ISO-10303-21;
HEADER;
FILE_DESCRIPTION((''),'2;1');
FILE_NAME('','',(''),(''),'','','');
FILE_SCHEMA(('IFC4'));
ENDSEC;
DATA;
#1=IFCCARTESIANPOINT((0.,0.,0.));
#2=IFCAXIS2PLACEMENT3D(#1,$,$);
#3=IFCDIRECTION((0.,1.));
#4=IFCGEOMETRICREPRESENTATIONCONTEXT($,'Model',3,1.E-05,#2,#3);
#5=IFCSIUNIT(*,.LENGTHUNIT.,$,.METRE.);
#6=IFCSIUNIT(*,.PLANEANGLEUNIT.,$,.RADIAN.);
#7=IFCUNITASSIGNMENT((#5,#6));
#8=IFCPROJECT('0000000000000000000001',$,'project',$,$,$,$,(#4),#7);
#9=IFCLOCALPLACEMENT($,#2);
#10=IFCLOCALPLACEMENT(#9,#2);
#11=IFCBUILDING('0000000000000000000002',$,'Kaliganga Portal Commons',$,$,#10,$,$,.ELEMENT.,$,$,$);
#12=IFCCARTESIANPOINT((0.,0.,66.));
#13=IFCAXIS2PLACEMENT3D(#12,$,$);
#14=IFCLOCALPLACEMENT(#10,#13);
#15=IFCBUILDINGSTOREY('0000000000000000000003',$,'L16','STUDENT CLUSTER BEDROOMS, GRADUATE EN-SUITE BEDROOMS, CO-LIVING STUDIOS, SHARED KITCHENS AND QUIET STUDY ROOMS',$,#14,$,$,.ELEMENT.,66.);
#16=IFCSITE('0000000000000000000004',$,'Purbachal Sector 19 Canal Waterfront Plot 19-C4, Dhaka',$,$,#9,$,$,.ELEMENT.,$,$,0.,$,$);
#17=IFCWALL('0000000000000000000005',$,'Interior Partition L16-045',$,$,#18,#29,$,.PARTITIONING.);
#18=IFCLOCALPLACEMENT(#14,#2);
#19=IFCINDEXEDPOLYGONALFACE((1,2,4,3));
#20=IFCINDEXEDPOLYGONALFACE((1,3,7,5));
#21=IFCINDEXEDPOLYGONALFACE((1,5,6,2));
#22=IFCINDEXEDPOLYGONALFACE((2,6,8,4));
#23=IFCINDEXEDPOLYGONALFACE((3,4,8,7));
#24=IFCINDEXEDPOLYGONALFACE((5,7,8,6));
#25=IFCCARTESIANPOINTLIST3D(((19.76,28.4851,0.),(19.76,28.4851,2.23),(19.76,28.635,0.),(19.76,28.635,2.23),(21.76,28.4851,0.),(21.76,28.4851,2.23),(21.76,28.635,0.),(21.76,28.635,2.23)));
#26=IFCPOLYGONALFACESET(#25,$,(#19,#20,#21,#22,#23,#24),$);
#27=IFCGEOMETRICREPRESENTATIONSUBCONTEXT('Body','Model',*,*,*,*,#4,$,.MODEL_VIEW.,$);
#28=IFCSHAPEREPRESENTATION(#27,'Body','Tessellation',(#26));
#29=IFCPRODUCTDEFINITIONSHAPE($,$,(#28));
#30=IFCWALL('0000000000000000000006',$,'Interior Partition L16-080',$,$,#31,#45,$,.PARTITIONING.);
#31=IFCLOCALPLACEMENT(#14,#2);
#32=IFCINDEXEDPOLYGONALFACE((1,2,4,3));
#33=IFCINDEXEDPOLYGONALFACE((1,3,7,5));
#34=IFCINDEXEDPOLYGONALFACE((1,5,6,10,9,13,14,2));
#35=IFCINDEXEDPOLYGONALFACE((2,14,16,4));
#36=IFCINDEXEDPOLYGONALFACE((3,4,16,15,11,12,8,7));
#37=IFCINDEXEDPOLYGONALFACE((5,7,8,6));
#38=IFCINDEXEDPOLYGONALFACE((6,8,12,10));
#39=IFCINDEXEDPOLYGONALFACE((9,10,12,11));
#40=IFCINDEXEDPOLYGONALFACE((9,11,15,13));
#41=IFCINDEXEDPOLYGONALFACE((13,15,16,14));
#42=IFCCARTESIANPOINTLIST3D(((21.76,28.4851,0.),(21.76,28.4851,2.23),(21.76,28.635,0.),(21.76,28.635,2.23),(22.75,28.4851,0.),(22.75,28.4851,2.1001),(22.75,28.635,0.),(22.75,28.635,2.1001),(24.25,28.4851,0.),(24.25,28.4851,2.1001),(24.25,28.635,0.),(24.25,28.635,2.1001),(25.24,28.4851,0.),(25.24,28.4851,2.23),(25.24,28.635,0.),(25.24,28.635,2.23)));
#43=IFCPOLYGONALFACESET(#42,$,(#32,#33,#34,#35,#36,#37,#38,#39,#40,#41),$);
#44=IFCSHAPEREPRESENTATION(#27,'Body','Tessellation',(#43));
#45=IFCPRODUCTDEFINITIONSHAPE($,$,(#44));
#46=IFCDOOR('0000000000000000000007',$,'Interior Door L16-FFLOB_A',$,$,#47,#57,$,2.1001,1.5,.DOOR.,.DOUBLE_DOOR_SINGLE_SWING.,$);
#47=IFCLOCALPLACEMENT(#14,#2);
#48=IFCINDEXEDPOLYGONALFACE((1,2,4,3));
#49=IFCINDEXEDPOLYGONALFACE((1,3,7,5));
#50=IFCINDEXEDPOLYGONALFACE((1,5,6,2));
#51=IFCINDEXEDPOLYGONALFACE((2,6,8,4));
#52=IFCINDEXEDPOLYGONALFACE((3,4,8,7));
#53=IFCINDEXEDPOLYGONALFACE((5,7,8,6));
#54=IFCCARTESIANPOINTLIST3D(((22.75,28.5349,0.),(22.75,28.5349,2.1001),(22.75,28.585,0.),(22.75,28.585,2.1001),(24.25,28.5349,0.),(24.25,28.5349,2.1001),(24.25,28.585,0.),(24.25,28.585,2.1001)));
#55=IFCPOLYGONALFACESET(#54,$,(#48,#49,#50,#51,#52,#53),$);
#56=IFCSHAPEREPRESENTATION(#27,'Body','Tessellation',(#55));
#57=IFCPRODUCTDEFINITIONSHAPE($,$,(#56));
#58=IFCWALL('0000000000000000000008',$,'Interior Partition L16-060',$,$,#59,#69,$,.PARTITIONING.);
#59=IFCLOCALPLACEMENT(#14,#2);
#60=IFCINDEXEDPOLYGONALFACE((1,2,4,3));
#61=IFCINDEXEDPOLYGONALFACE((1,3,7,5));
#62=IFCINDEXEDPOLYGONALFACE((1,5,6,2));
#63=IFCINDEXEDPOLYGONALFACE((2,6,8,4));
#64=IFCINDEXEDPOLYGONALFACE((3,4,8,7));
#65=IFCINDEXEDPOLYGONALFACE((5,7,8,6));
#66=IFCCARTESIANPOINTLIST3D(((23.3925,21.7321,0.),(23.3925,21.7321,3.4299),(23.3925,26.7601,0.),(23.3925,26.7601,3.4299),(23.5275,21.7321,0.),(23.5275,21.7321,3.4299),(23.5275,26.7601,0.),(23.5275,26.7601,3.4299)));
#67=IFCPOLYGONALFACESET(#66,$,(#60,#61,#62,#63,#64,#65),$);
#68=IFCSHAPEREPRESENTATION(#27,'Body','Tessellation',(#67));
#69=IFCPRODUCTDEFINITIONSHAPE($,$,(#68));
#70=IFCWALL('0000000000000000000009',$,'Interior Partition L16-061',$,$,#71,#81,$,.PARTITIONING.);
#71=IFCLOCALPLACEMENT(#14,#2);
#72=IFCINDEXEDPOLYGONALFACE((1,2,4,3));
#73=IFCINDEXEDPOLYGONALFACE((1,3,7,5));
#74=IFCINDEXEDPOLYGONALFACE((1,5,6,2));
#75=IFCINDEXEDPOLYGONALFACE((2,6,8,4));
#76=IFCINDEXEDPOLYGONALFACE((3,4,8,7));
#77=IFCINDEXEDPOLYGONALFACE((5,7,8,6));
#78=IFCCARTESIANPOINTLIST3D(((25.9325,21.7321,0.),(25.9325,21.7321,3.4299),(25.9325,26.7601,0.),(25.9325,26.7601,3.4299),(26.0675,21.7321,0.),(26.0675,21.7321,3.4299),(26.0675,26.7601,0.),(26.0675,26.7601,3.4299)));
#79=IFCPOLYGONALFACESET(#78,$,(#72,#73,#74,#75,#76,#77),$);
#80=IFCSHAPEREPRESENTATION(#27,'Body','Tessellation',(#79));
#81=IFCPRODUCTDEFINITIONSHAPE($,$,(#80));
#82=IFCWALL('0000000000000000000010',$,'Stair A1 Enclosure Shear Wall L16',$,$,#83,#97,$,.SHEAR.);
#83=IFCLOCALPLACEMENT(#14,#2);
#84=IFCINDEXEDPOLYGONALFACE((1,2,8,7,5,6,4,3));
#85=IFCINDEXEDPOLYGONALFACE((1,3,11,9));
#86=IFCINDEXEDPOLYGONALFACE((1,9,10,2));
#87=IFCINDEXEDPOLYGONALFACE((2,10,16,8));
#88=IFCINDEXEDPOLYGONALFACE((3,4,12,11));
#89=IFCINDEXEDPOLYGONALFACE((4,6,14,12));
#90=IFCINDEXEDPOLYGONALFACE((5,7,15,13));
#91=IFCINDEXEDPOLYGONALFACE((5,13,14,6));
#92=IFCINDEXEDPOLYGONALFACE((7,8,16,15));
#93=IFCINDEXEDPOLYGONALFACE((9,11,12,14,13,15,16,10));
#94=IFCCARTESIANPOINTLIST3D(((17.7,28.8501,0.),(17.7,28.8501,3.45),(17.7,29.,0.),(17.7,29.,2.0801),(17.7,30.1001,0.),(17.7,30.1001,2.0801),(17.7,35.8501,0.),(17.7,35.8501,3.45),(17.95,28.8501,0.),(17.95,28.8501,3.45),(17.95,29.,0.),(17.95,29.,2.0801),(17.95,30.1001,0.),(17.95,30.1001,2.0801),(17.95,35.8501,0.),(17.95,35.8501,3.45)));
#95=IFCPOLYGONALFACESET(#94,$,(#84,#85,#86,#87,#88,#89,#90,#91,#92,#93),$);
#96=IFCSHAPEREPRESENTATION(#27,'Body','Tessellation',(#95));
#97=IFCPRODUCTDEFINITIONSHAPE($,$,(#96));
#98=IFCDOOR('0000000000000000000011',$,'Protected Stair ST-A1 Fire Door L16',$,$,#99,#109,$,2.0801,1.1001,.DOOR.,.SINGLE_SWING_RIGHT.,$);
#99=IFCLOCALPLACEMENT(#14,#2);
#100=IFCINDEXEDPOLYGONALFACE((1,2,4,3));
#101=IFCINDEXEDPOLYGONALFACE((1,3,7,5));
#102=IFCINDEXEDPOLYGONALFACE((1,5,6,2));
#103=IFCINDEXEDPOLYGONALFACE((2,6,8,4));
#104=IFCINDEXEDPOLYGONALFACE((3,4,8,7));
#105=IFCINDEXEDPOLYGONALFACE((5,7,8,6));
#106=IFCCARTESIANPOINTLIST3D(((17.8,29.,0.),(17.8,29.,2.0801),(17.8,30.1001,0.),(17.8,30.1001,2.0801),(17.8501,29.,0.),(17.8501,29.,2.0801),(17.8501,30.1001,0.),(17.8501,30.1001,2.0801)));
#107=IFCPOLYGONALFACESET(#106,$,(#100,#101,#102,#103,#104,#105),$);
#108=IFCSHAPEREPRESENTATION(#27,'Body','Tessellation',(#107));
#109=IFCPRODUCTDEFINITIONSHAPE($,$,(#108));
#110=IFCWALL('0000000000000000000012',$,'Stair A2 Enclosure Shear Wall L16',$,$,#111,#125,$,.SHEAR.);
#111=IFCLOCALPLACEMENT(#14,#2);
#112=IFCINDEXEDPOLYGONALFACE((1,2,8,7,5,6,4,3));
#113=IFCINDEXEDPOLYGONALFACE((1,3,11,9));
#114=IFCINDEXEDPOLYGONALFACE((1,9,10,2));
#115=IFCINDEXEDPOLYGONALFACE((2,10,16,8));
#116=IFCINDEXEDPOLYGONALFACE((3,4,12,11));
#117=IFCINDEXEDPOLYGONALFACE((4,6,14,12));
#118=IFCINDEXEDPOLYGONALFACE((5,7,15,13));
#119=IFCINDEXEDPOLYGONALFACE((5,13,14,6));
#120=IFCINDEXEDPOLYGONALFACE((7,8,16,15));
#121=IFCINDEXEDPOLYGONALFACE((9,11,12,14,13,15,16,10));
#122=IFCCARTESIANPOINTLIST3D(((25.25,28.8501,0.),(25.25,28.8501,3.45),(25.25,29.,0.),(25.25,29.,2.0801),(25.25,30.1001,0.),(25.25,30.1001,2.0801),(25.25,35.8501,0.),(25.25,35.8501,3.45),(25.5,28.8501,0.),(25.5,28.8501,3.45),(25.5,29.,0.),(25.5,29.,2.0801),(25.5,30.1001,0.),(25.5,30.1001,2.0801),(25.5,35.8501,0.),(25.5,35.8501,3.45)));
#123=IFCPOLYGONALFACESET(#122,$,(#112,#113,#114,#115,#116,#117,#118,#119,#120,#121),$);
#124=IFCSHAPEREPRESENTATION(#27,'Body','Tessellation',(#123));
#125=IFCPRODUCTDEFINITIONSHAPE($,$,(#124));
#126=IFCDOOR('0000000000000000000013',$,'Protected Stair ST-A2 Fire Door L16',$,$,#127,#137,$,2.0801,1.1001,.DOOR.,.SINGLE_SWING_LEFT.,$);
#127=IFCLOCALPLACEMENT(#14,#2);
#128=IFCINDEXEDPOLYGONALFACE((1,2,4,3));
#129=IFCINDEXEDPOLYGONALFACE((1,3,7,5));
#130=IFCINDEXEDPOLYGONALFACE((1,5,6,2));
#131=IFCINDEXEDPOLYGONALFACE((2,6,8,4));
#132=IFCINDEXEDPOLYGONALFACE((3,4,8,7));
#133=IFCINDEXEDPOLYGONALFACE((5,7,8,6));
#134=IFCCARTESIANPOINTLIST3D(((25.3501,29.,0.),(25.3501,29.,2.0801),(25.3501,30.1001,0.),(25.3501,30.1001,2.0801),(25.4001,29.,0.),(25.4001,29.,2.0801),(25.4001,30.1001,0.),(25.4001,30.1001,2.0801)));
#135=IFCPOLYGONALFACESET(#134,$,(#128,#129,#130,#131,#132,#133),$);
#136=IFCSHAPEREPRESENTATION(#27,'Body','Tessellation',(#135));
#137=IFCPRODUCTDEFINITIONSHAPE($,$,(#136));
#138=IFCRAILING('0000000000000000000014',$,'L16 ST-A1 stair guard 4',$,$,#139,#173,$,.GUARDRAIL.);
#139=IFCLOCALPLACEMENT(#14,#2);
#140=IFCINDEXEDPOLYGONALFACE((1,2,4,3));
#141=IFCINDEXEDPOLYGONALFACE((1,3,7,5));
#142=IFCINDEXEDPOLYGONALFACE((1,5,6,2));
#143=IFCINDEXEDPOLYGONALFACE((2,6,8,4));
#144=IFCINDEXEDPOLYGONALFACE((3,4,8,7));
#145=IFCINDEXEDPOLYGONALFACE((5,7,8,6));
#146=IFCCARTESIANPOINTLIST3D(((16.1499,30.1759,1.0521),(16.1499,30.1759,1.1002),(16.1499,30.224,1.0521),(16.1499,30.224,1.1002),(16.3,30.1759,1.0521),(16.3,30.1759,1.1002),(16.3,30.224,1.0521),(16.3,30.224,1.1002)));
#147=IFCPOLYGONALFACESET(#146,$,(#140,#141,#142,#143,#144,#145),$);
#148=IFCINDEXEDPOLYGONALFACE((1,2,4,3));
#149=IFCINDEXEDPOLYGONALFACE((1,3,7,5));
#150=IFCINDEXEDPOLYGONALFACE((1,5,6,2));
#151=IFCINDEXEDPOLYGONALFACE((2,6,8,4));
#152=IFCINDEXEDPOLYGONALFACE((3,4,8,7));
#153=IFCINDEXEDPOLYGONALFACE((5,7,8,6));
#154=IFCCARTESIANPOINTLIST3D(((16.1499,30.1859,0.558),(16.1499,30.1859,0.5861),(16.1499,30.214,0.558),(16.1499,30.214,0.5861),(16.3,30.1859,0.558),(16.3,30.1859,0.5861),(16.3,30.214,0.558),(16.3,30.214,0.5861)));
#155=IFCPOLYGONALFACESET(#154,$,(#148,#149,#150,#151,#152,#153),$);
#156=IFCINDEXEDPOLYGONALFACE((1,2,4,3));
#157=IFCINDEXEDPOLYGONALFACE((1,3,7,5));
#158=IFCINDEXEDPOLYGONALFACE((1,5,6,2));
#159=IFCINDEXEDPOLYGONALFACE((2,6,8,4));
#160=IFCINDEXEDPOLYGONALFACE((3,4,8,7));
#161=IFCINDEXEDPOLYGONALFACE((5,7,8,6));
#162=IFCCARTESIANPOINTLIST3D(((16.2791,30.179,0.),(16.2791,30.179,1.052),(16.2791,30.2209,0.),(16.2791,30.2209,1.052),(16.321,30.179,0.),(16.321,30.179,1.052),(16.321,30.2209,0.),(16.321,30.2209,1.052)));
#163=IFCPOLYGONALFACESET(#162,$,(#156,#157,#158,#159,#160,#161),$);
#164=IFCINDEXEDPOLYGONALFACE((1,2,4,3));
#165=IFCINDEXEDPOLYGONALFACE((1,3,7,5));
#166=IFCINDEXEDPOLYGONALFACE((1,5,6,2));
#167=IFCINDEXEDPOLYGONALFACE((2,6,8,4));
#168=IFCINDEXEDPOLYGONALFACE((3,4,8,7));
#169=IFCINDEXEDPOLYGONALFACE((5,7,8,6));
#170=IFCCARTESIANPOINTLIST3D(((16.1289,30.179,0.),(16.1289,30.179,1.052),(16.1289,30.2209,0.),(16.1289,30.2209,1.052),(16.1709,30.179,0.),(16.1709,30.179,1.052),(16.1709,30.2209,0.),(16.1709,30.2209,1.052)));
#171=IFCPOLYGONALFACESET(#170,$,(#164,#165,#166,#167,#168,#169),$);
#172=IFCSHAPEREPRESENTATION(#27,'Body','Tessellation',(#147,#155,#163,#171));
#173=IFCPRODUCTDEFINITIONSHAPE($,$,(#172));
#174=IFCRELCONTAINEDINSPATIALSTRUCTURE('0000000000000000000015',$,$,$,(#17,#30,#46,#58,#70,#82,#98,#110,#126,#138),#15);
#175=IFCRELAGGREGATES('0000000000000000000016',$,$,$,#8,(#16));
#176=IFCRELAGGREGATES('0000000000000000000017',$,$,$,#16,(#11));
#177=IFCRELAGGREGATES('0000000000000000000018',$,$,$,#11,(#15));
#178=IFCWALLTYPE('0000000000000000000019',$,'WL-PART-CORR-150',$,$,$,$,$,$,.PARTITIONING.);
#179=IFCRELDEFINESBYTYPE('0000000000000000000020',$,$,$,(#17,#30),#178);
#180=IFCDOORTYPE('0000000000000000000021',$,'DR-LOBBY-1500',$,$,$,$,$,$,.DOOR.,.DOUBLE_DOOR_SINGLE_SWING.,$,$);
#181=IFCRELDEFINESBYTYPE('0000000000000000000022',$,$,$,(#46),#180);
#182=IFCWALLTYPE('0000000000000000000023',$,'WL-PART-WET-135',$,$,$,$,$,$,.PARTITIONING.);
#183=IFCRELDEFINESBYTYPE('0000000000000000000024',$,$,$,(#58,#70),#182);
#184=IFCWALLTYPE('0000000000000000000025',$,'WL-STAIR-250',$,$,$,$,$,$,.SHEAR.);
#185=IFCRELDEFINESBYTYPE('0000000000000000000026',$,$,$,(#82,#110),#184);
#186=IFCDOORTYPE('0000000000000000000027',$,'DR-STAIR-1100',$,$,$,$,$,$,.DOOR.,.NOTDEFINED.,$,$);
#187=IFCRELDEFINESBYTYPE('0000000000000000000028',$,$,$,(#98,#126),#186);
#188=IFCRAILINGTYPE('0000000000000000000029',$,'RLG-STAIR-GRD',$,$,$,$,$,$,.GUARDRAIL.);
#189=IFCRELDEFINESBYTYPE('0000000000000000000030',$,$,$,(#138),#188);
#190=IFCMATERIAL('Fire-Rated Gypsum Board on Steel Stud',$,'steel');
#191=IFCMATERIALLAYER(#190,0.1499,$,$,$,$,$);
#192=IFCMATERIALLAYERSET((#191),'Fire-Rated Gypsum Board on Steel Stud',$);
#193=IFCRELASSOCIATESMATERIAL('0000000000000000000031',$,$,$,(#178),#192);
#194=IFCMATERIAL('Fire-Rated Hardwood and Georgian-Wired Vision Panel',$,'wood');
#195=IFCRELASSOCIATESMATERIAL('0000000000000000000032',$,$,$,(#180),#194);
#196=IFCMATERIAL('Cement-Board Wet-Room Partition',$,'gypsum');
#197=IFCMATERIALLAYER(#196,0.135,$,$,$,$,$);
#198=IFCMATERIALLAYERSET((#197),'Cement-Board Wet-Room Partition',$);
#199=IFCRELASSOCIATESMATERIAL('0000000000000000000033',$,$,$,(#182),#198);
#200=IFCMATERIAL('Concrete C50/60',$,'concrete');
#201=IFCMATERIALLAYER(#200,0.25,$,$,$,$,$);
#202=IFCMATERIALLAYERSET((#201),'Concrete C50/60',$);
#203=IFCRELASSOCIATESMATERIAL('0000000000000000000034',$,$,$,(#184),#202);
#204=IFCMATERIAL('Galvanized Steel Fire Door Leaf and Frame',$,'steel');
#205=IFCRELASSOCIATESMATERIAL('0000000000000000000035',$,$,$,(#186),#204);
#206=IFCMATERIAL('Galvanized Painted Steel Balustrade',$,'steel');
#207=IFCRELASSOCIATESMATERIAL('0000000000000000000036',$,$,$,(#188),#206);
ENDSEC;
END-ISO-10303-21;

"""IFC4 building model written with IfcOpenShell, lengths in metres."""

from ifc_helpers import new_model, si_unit, direction, frame, frame_2d, origin, origin_2d, place, context, subcontext, project, spatial, rectangle, extrude, material, layer, layer_set, type_object, element, fill, save


model = new_model("IFC4")

# Units and contexts
model_context = context("Model", 3, precision=1e-05, world=origin(), true_north=direction((0.0, 1.0)))
body_context = subcontext(model_context, "Body", "Model", "MODEL_VIEW")
ifc_project = project(units=[si_unit("LENGTHUNIT", "METRE"), si_unit("PLANEANGLEUNIT", "RADIAN")], contexts=[model_context])

# Site, building, storey
site_placement = place(None, origin())
site = spatial("IfcSite", under=ifc_project, at=site_placement, Name="Purbachal Sector 19 Canal Waterfront Plot 19-C4, Dhaka", CompositionType="ELEMENT", RefElevation=0.0)
building_placement = place(site_placement, origin())
building = spatial("IfcBuilding", under=site, at=building_placement, Name="Kaliganga Portal Commons", CompositionType="ELEMENT")
storey_placement = place(building_placement, frame((0.0, 0.0, 66.0)))
storey = spatial("IfcBuildingStorey", under=building, at=storey_placement, Name="L16", Description="STUDENT CLUSTER BEDROOMS, GRADUATE EN-SUITE BEDROOMS, CO-LIVING STUDIOS, SHARED KITCHENS AND QUIET STUDY ROOMS", CompositionType="ELEMENT", Elevation=66.0)

# Shared definitions
ifc_material_1 = material(Name="Fire-Rated Gypsum Board on Steel Stud", Category="steel")
ifc_layer_1 = layer(ifc_material_1, 0.1499)
ifc_layer_set_1 = layer_set([ifc_layer_1], Name="Fire-Rated Gypsum Board on Steel Stud")
wall_type_1 = type_object("IfcWallType", Name="WL-PART-CORR-150", PredefinedType="PARTITIONING", material=ifc_layer_set_1)

# Wall
wall_1_placement = place(storey_placement, frame((19.76, 28.5601, 0.0), z_axis=(0.0, 0.0, 1.0), x_axis=(1.0, 0.0, 0.0)))
element("IfcWall", 1, at=wall_1_placement, inside=storey, type_object=wall_type_1, Name="Interior Partition L16-045", PredefinedType="PARTITIONING", context=body_context, shape_type="SweptSolid", body=[
    extrude(rectangle(XDim=2.0, YDim=0.1499, at=frame_2d((1.0, 0.0))), origin(), (0.0, 0.0, 1.0), 2.23),
])

# Wall, opening, door
wall_2_placement = place(storey_placement, frame((21.76, 28.5601, 0.0), z_axis=(0.0, 0.0, 1.0), x_axis=(1.0, 0.0, 0.0)))
wall_2 = element("IfcWall", 2, at=wall_2_placement, inside=storey, type_object=wall_type_1, Name="Interior Partition L16-080", PredefinedType="PARTITIONING", context=body_context, shape_type="SweptSolid", body=[
    extrude(rectangle(XDim=3.48, YDim=0.1499, at=frame_2d((1.74, 0.0))), origin(), (0.0, 0.0, 1.0), 2.23),
])
opening_1_placement = place(wall_2_placement, frame((0.99, 0.0, 0.0)))
opening_1 = element("IfcOpeningElement", 3, at=opening_1_placement, cuts=wall_2, PredefinedType="OPENING", context=body_context, shape_type="SweptSolid", body=[
    extrude(rectangle(XDim=1.5, YDim=2.1001, at=frame_2d((0.75, 1.05))), frame((0.0, 0.085, 0.0), z_axis=(0.0, -1.0, 0.0), x_axis=(1.0, 0.0, 0.0)), (0.0, 0.0, 1.0), 0.1699),
])
ifc_material_2 = material(Name="Fire-Rated Hardwood and Georgian-Wired Vision Panel", Category="wood")
door_type_1 = type_object("IfcDoorType", Name="DR-LOBBY-1500", OperationType="DOUBLE_DOOR_SINGLE_SWING", PredefinedType="DOOR", material=ifc_material_2)
door_1_placement = place(opening_1_placement, origin())
door_1 = element("IfcDoor", 4, at=door_1_placement, inside=storey, type_object=door_type_1, Name="Interior Door L16-FFLOB_A", OperationType="DOUBLE_DOOR_SINGLE_SWING", OverallHeight=2.1001, OverallWidth=1.5, PredefinedType="DOOR", context=body_context, shape_type="SweptSolid", body=[
    extrude(rectangle(XDim=1.5, YDim=2.1001, at=frame_2d((0.75, 1.05))), frame((0.0, 0.0249, 0.0), z_axis=(0.0, -1.0, 0.0), x_axis=(1.0, 0.0, 0.0)), (0.0, 0.0, 1.0), 0.05),
])
fill(opening_1, door_1)

# Walls
ifc_material_3 = material(Name="Cement-Board Wet-Room Partition", Category="gypsum")
ifc_layer_2 = layer(ifc_material_3, 0.135)
ifc_layer_set_2 = layer_set([ifc_layer_2], Name="Cement-Board Wet-Room Partition")
wall_type_2 = type_object("IfcWallType", Name="WL-PART-WET-135", PredefinedType="PARTITIONING", material=ifc_layer_set_2)
for number, where, z_axis, x_axis, name in (
    (5, (23.46, 21.7319, 0.0), (0.0, 0.0, 1.0), (0.0, 1.0, 0.0), "Interior Partition L16-060"),
    (6, (26.0, 21.7319, 0.0), (0.0, 0.0, 1.0), (0.0, 1.0, 0.0), "Interior Partition L16-061"),
):
    element("IfcWall", number, at=place(storey_placement, frame(where, z_axis=z_axis, x_axis=x_axis)), inside=storey, type_object=wall_type_2, Name=name, PredefinedType="PARTITIONING", context=body_context, shape_type="SweptSolid", body=[
        extrude(rectangle(XDim=5.0281, YDim=0.135, at=frame_2d((2.5142, 0.0))), origin(), (0.0, 0.0, 1.0), 3.4299),
    ])

# Walls, openings, doors
ifc_material_4 = material(Name="Concrete C50/60", Category="concrete")
ifc_layer_3 = layer(ifc_material_4, 0.25)
ifc_layer_set_3 = layer_set([ifc_layer_3], Name="Concrete C50/60")
wall_type_3 = type_object("IfcWallType", Name="WL-STAIR-250", PredefinedType="SHEAR", material=ifc_layer_set_3)
wall_3_placement = place(storey_placement, frame((17.825, 28.8501, 0.0), z_axis=(0.0, 0.0, 1.0), x_axis=(0.0, 1.0, 0.0)))
wall_3 = element("IfcWall", 7, at=wall_3_placement, inside=storey, type_object=wall_type_3, Name="Stair A1 Enclosure Shear Wall L16", PredefinedType="SHEAR", context=body_context, shape_type="SweptSolid", body=[
    extrude(rectangle(XDim=7.0, YDim=0.25, at=frame_2d((3.5, 0.0))), origin(), (0.0, 0.0, 1.0), 3.45),
])
opening_2_placement = place(wall_3_placement, frame((0.1499, 0.0, 0.0)))
opening_2 = element("IfcOpeningElement", 8, at=opening_2_placement, cuts=wall_3, PredefinedType="OPENING", context=body_context, shape_type="SweptSolid", body=[
    extrude(rectangle(XDim=1.1001, YDim=2.0801, at=frame_2d((0.55, 1.04))), frame((0.0, 0.135, 0.0), z_axis=(0.0, -1.0, 0.0), x_axis=(1.0, 0.0, 0.0)), (0.0, 0.0, 1.0), 0.27),
])
ifc_material_5 = material(Name="Galvanized Steel Fire Door Leaf and Frame", Category="steel")
door_type_2 = type_object("IfcDoorType", Name="DR-STAIR-1100", OperationType="NOTDEFINED", PredefinedType="DOOR", material=ifc_material_5)
door_2_placement = place(opening_2_placement, origin())
door_2 = element("IfcDoor", 9, at=door_2_placement, inside=storey, type_object=door_type_2, Name="Protected Stair ST-A1 Fire Door L16", OperationType="SINGLE_SWING_RIGHT", OverallHeight=2.0801, OverallWidth=1.1001, PredefinedType="DOOR", context=body_context, shape_type="SweptSolid", body=[
    extrude(rectangle(XDim=1.1001, YDim=2.0801, at=frame_2d((0.55, 1.04))), frame((0.0, 0.0249, 0.0), z_axis=(0.0, -1.0, 0.0), x_axis=(1.0, 0.0, 0.0)), (0.0, 0.0, 1.0), 0.05),
])
fill(opening_2, door_2)
wall_4_placement = place(storey_placement, frame((25.375, 28.8501, 0.0), z_axis=(0.0, 0.0, 1.0), x_axis=(0.0, 1.0, 0.0)))
wall_4 = element("IfcWall", 10, at=wall_4_placement, inside=storey, type_object=wall_type_3, Name="Stair A2 Enclosure Shear Wall L16", PredefinedType="SHEAR", context=body_context, shape_type="SweptSolid", body=[
    extrude(rectangle(XDim=7.0, YDim=0.25, at=frame_2d((3.5, 0.0))), origin(), (0.0, 0.0, 1.0), 3.45),
])
opening_3_placement = place(wall_4_placement, frame((0.1499, 0.0, 0.0)))
opening_3 = element("IfcOpeningElement", 11, at=opening_3_placement, cuts=wall_4, PredefinedType="OPENING", context=body_context, shape_type="SweptSolid", body=[
    extrude(rectangle(XDim=1.1001, YDim=2.0801, at=frame_2d((0.55, 1.04))), frame((0.0, 0.135, 0.0), z_axis=(0.0, -1.0, 0.0), x_axis=(1.0, 0.0, 0.0)), (0.0, 0.0, 1.0), 0.27),
])
door_3_placement = place(opening_3_placement, origin())
door_3 = element("IfcDoor", 12, at=door_3_placement, inside=storey, type_object=door_type_2, Name="Protected Stair ST-A2 Fire Door L16", OperationType="SINGLE_SWING_LEFT", OverallHeight=2.0801, OverallWidth=1.1001, PredefinedType="DOOR", context=body_context, shape_type="SweptSolid", body=[
    extrude(rectangle(XDim=1.1001, YDim=2.0801, at=frame_2d((0.55, 1.04))), frame((0.0, 0.0249, 0.0), z_axis=(0.0, -1.0, 0.0), x_axis=(1.0, 0.0, 0.0)), (0.0, 0.0, 1.0), 0.05),
])
fill(opening_3, door_3)

# Railing
ifc_material_6 = material(Name="Galvanized Painted Steel Balustrade", Category="steel")
railing_type = type_object("IfcRailingType", Name="RLG-STAIR-GRD", PredefinedType="GUARDRAIL", material=ifc_material_6)
for number, where, name in (
    (13, (16.3, 30.2, 0.0), "L16 ST-A1 stair guard 4"),
):
    element("IfcRailing", number, at=place(storey_placement, frame(where)), inside=storey, type_object=railing_type, Name=name, PredefinedType="GUARDRAIL", context=body_context, shape_type="SweptSolid", body=[
        extrude(rectangle(XDim=0.0481, YDim=0.0481, at=origin_2d()), frame((0.0, 0.0, 1.0762), z_axis=(-1.0, 0.0, 0.0), x_axis=(0.0, -1.0, 0.0)), (0.0, 0.0, 1.0), 0.1501),
        extrude(rectangle(XDim=0.0281, YDim=0.0281, at=origin_2d()), frame((0.0, 0.0, 0.572), z_axis=(-1.0, 0.0, 0.0), x_axis=(0.0, -1.0, 0.0)), (0.0, 0.0, 1.0), 0.1501),
        extrude(rectangle(XDim=0.042, YDim=0.042, at=origin_2d()), origin(), (0.0, 0.0, 1.0), 1.052),
        extrude(rectangle(XDim=0.042, YDim=0.042, at=origin_2d()), frame((-0.1501, 0.0, 0.0)), (0.0, 0.0, 1.0), 1.052),
    ])

save(model, "model.ifc")
